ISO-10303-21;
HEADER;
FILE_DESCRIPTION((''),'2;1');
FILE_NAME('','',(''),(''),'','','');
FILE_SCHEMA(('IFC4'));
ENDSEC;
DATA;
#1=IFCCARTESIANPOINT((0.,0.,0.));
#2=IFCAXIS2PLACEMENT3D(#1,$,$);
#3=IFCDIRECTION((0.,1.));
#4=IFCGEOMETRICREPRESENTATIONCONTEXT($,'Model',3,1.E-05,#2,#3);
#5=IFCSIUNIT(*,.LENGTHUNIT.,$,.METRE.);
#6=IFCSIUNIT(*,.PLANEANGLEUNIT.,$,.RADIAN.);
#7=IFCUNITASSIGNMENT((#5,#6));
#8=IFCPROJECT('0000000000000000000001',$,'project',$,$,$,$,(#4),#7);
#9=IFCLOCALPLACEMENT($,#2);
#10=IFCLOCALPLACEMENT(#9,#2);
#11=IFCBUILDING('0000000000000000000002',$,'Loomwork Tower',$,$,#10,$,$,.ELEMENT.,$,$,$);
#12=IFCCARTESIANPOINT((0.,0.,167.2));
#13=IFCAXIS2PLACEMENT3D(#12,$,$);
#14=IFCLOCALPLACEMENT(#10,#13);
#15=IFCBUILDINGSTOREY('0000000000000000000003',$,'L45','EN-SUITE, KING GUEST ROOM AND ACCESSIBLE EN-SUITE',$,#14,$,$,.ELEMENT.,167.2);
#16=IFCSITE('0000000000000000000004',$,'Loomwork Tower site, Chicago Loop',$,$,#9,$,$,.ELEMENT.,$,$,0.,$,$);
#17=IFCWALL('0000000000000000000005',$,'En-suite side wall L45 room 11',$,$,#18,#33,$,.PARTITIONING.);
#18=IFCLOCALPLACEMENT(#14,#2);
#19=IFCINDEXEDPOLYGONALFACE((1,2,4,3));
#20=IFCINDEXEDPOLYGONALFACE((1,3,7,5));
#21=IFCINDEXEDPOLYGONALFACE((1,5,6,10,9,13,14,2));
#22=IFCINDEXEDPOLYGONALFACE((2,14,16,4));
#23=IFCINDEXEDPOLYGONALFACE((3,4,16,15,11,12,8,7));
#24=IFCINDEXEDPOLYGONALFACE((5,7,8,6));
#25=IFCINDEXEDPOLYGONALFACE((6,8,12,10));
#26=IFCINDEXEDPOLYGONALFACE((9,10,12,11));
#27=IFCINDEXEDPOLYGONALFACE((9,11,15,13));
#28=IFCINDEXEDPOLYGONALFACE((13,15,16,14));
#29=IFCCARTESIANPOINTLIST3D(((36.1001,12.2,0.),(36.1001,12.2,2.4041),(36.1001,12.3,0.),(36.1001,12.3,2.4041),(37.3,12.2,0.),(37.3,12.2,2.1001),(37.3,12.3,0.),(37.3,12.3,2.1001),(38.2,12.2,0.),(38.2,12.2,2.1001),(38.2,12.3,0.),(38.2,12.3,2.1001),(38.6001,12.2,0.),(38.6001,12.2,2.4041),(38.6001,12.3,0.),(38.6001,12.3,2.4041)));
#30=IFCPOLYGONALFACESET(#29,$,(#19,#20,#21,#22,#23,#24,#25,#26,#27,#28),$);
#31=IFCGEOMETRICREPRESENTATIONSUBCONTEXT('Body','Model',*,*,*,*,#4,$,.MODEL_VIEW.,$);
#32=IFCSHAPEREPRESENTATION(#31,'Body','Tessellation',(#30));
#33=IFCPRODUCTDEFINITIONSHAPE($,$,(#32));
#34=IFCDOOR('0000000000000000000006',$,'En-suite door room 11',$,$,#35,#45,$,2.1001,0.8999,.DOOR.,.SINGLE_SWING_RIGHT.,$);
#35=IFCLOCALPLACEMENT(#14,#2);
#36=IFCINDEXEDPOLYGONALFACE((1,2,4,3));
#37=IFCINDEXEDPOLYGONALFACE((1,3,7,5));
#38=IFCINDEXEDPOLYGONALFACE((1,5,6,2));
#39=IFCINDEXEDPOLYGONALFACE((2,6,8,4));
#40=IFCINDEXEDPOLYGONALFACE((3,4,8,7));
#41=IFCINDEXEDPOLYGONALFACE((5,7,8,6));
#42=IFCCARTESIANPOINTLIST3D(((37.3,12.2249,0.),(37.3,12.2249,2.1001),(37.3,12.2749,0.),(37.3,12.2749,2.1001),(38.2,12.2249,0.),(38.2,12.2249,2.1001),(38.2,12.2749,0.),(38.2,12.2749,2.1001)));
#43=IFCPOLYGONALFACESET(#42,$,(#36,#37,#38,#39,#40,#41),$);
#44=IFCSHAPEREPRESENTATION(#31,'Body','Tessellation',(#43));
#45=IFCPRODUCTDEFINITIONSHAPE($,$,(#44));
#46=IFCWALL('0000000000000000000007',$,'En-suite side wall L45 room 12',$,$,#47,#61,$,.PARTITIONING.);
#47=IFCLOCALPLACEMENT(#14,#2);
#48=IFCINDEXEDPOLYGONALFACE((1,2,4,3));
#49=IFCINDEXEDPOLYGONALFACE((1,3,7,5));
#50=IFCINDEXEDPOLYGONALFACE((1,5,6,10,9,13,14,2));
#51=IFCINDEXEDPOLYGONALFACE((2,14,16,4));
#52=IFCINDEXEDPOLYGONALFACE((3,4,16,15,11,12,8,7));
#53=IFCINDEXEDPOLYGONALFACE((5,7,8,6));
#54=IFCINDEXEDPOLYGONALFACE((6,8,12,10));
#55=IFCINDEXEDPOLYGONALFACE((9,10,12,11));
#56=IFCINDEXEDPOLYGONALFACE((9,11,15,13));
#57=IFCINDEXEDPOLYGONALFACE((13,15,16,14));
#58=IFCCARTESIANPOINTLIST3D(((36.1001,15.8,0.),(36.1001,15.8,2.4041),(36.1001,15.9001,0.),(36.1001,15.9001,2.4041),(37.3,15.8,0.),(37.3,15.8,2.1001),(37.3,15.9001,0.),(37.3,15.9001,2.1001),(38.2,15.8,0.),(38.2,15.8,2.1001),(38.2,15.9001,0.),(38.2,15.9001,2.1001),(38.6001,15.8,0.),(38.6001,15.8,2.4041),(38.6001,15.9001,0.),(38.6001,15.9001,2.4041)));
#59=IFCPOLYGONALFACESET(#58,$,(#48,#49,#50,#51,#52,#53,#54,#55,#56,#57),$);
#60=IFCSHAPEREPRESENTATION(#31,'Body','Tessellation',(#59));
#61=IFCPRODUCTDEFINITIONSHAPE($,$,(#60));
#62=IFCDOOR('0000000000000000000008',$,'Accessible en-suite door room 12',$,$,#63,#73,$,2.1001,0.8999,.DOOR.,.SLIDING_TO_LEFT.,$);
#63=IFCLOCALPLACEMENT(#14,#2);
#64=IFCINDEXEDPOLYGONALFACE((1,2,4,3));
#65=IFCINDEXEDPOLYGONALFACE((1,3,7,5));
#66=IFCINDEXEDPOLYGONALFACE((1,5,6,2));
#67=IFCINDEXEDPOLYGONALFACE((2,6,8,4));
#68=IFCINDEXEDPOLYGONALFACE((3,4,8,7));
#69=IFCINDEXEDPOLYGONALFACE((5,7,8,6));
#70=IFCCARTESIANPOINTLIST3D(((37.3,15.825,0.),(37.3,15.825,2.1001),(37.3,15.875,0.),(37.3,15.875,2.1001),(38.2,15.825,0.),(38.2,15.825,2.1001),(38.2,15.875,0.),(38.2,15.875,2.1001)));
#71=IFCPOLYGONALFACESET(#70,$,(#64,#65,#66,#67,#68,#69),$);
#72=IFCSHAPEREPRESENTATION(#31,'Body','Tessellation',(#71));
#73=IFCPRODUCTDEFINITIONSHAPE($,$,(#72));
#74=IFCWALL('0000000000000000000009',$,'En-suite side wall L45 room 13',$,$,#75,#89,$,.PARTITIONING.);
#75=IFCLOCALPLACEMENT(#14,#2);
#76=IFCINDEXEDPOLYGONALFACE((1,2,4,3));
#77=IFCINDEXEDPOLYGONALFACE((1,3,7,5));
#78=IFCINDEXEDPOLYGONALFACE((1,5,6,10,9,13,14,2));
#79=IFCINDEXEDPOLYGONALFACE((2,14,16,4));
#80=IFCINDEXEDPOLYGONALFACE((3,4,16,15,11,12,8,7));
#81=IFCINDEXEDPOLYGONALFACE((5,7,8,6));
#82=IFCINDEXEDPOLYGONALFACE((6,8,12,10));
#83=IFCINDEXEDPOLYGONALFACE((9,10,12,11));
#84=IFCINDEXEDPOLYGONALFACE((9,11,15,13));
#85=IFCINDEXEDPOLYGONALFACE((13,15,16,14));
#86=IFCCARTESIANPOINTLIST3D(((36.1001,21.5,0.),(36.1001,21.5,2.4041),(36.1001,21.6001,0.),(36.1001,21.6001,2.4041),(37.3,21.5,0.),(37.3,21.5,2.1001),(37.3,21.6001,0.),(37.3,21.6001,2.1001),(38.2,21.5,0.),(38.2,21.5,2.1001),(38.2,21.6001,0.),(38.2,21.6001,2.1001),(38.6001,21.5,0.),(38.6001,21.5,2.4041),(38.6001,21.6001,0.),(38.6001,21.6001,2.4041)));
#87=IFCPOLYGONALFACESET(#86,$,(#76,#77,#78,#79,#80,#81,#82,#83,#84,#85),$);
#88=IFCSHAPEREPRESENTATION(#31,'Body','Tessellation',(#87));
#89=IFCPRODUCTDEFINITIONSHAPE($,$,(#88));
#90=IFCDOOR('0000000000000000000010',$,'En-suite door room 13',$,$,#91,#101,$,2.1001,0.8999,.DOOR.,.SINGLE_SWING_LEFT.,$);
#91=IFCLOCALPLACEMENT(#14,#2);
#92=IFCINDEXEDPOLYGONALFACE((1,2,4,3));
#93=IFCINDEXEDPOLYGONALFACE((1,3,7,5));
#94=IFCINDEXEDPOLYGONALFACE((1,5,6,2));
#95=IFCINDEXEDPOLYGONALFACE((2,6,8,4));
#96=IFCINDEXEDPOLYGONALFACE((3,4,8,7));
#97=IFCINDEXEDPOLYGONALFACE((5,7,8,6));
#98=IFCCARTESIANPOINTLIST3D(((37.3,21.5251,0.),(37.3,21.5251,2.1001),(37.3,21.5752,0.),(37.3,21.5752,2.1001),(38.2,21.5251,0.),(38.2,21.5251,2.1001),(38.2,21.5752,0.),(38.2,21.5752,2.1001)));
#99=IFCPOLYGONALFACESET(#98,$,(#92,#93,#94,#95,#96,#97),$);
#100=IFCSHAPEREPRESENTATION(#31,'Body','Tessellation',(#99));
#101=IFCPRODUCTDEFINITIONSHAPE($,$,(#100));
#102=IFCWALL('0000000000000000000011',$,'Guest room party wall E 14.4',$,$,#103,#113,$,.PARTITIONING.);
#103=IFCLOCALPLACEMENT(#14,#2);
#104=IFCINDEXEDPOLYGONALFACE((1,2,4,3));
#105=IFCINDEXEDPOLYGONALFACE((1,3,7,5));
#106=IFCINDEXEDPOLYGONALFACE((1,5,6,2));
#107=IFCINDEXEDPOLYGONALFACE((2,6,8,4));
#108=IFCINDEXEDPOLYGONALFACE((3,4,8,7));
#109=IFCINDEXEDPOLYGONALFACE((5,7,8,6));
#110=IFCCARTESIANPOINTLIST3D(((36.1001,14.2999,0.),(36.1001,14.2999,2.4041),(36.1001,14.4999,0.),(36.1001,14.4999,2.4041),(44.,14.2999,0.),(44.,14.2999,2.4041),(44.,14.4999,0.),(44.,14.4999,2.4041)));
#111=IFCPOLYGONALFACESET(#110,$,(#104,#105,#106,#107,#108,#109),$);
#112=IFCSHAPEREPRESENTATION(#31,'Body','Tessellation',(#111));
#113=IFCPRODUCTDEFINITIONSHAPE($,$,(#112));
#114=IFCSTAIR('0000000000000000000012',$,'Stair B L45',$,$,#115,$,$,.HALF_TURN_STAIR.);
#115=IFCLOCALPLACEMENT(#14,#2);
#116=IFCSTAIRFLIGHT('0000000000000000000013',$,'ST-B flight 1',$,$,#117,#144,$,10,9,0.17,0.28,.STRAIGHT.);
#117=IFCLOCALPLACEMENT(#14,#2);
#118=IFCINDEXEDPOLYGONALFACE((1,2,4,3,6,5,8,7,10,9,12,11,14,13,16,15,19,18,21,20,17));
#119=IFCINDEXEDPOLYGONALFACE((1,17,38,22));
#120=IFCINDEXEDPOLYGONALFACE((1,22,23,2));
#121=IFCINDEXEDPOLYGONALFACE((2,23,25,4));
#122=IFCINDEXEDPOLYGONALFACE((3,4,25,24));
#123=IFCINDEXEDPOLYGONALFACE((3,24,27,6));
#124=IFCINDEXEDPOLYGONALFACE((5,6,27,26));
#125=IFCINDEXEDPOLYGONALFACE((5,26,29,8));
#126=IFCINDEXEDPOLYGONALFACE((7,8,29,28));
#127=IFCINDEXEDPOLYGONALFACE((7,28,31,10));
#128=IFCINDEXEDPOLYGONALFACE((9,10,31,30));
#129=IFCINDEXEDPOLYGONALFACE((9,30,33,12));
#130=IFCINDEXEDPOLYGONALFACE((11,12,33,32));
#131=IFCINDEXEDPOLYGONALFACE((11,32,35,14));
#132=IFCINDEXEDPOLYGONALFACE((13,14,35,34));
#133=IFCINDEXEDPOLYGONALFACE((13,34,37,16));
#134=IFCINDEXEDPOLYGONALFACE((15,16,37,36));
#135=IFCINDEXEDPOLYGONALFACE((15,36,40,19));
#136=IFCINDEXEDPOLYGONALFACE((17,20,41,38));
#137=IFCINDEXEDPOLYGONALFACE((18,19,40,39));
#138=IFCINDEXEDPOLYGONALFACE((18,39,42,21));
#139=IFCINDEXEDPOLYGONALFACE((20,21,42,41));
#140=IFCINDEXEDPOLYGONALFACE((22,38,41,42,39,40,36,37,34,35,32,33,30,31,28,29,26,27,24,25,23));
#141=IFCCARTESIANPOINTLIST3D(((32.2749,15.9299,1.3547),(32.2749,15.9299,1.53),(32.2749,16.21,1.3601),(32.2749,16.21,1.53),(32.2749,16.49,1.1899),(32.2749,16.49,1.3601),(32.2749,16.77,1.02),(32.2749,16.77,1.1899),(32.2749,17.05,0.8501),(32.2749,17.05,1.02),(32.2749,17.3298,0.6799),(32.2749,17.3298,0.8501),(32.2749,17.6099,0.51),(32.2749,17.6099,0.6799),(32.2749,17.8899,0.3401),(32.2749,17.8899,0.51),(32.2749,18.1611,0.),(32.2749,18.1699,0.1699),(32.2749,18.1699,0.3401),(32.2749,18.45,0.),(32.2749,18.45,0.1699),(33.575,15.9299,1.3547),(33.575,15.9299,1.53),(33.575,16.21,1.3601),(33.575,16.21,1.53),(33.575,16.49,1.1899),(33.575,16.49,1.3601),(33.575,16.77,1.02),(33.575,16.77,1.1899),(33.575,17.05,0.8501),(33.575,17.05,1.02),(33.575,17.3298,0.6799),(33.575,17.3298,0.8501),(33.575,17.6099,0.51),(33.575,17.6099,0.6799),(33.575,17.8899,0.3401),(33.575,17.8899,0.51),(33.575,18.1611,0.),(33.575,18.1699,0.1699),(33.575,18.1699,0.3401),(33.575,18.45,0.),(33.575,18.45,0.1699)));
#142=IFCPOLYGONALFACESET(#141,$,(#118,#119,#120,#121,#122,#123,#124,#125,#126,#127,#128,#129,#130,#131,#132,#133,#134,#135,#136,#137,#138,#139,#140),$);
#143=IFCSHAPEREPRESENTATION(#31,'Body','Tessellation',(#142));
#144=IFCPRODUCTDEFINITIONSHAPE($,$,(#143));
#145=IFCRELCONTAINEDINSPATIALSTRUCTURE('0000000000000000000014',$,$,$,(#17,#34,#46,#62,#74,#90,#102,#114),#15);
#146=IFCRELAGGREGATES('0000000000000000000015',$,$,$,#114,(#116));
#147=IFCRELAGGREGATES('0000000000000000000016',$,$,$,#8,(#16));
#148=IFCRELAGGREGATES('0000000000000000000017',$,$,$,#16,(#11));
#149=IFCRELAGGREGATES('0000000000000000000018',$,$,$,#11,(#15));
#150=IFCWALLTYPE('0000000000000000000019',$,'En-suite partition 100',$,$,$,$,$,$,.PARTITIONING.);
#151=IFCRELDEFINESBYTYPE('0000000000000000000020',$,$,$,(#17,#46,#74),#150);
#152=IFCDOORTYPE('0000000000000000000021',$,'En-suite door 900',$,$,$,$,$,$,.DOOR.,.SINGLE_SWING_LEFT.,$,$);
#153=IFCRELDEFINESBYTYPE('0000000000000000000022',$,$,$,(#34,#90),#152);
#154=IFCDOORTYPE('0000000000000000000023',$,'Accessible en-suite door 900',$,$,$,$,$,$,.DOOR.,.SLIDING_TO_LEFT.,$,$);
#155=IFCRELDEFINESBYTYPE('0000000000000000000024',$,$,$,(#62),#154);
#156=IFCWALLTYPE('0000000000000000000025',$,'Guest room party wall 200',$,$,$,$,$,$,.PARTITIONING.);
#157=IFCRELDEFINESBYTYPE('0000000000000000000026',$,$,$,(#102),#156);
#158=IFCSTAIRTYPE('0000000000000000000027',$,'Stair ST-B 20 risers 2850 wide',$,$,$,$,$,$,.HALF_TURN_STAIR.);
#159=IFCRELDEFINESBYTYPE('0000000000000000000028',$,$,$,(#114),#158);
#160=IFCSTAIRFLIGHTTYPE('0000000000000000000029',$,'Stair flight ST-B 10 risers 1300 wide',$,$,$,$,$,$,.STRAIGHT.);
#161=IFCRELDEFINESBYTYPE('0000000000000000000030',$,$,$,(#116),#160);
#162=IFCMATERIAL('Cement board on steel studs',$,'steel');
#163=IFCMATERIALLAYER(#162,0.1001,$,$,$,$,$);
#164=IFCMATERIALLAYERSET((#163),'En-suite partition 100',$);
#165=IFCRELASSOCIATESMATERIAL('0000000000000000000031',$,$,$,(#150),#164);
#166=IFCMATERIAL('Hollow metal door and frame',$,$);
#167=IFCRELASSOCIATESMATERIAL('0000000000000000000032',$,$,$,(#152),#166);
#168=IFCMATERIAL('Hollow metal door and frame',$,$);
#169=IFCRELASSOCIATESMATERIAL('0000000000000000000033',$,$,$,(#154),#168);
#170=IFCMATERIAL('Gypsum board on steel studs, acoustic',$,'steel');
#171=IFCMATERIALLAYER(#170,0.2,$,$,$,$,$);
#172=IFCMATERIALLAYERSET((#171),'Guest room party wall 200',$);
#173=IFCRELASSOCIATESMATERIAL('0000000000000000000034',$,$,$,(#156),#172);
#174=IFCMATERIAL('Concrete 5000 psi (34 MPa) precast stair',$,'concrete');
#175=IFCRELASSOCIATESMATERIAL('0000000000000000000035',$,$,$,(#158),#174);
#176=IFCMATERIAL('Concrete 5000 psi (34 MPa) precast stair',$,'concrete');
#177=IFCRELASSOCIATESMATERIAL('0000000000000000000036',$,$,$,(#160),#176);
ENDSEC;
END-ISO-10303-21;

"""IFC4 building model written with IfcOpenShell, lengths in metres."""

from ifc_helpers import new_model, si_unit, direction, frame, frame_2d, origin, place, context, subcontext, project, spatial, polyline, rectangle, outline, extrude, material, layer, layer_set, type_object, element, fill, aggregate, save


model = new_model("IFC4")

# Units and contexts
model_context = context("Model", 3, precision=1e-05, world=origin(), true_north=direction((0.0, 1.0)))
body_context = subcontext(model_context, "Body", "Model", "MODEL_VIEW")
ifc_project = project(units=[si_unit("LENGTHUNIT", "METRE"), si_unit("PLANEANGLEUNIT", "RADIAN")], contexts=[model_context])

# Site, building, storey
site_placement = place(None, origin())
site = spatial("IfcSite", under=ifc_project, at=site_placement, Name="Loomwork Tower site, Chicago Loop", CompositionType="ELEMENT", RefElevation=0.0)
building_placement = place(site_placement, origin())
building = spatial("IfcBuilding", under=site, at=building_placement, Name="Loomwork Tower", CompositionType="ELEMENT")
storey_placement = place(building_placement, frame((0.0, 0.0, 167.2)))
storey = spatial("IfcBuildingStorey", under=building, at=storey_placement, Name="L45", Description="EN-SUITE, KING GUEST ROOM AND ACCESSIBLE EN-SUITE", CompositionType="ELEMENT", Elevation=167.2)

# Walls, openings, doors
ifc_material_1 = material(Name="Cement board on steel studs", Category="steel")
ifc_layer_1 = layer(ifc_material_1, 0.1001)
ifc_layer_set_1 = layer_set([ifc_layer_1], Name="En-suite partition 100")
wall_type_1 = type_object("IfcWallType", Name="En-suite partition 100", PredefinedType="PARTITIONING", material=ifc_layer_set_1)
wall_1_placement = place(storey_placement, frame((36.1001, 12.25, 0.0), z_axis=(0.0, 0.0, 1.0), x_axis=(1.0, 0.0, 0.0)))
wall_1 = element("IfcWall", 1, at=wall_1_placement, inside=storey, type_object=wall_type_1, Name="En-suite side wall L45 room 11", PredefinedType="PARTITIONING", context=body_context, shape_type="SweptSolid", body=[
    extrude(rectangle(XDim=2.5, YDim=0.1001, at=frame_2d((1.25, 0.0))), origin(), (0.0, 0.0, 1.0), 2.4041),
])
opening_1_placement = place(wall_1_placement, frame((1.2, 0.0, 0.0)))
opening_1 = element("IfcOpeningElement", 2, at=opening_1_placement, cuts=wall_1, PredefinedType="OPENING", context=body_context, shape_type="SweptSolid", body=[
    extrude(rectangle(XDim=0.8999, YDim=2.1001, at=frame_2d((0.45, 1.05))), frame((0.0, 0.0601, 0.0), z_axis=(0.0, -1.0, 0.0), x_axis=(1.0, 0.0, 0.0)), (0.0, 0.0, 1.0), 0.1201),
])
ifc_material_2 = material(Name="Hollow metal door and frame")
door_type_1 = type_object("IfcDoorType", Name="En-suite door 900", OperationType="SINGLE_SWING_LEFT", PredefinedType="DOOR", material=ifc_material_2)
door_1_placement = place(opening_1_placement, origin())
door_1 = element("IfcDoor", 3, at=door_1_placement, inside=storey, type_object=door_type_1, Name="En-suite door room 11", OperationType="SINGLE_SWING_RIGHT", OverallHeight=2.1001, OverallWidth=0.8999, PredefinedType="DOOR", context=body_context, shape_type="SweptSolid", body=[
    extrude(rectangle(XDim=0.8999, YDim=2.1001, at=frame_2d((0.45, 1.05))), frame((0.0, 0.0249, 0.0), z_axis=(0.0, -1.0, 0.0), x_axis=(1.0, 0.0, 0.0)), (0.0, 0.0, 1.0), 0.05),
])
fill(opening_1, door_1)
wall_2_placement = place(storey_placement, frame((36.1001, 15.8501, 0.0), z_axis=(0.0, 0.0, 1.0), x_axis=(1.0, 0.0, 0.0)))
wall_2 = element("IfcWall", 4, at=wall_2_placement, inside=storey, type_object=wall_type_1, Name="En-suite side wall L45 room 12", PredefinedType="PARTITIONING", context=body_context, shape_type="SweptSolid", body=[
    extrude(rectangle(XDim=2.5, YDim=0.1001, at=frame_2d((1.25, 0.0))), origin(), (0.0, 0.0, 1.0), 2.4041),
])
opening_2_placement = place(wall_2_placement, frame((1.2, 0.0, 0.0)))
opening_2 = element("IfcOpeningElement", 5, at=opening_2_placement, cuts=wall_2, PredefinedType="OPENING", context=body_context, shape_type="SweptSolid", body=[
    extrude(rectangle(XDim=0.8999, YDim=2.1001, at=frame_2d((0.45, 1.05))), frame((0.0, 0.0601, 0.0), z_axis=(0.0, -1.0, 0.0), x_axis=(1.0, 0.0, 0.0)), (0.0, 0.0, 1.0), 0.1201),
])
ifc_material_3 = material(Name="Hollow metal door and frame")
door_type_2 = type_object("IfcDoorType", Name="Accessible en-suite door 900", OperationType="SLIDING_TO_LEFT", PredefinedType="DOOR", material=ifc_material_3)
door_2_placement = place(opening_2_placement, origin())
door_2 = element("IfcDoor", 6, at=door_2_placement, inside=storey, type_object=door_type_2, Name="Accessible en-suite door room 12", OperationType="SLIDING_TO_LEFT", OverallHeight=2.1001, OverallWidth=0.8999, PredefinedType="DOOR", context=body_context, shape_type="SweptSolid", body=[
    extrude(rectangle(XDim=0.8999, YDim=2.1001, at=frame_2d((0.45, 1.05))), frame((0.0, 0.0249, 0.0), z_axis=(0.0, -1.0, 0.0), x_axis=(1.0, 0.0, 0.0)), (0.0, 0.0, 1.0), 0.05),
])
fill(opening_2, door_2)
wall_3_placement = place(storey_placement, frame((36.1001, 21.55, 0.0), z_axis=(0.0, 0.0, 1.0), x_axis=(1.0, 0.0, 0.0)))
wall_3 = element("IfcWall", 7, at=wall_3_placement, inside=storey, type_object=wall_type_1, Name="En-suite side wall L45 room 13", PredefinedType="PARTITIONING", context=body_context, shape_type="SweptSolid", body=[
    extrude(rectangle(XDim=2.5, YDim=0.1001, at=frame_2d((1.25, 0.0))), origin(), (0.0, 0.0, 1.0), 2.4041),
])
opening_3_placement = place(wall_3_placement, frame((1.2, 0.0, 0.0)))
opening_3 = element("IfcOpeningElement", 8, at=opening_3_placement, cuts=wall_3, PredefinedType="OPENING", context=body_context, shape_type="SweptSolid", body=[
    extrude(rectangle(XDim=0.8999, YDim=2.1001, at=frame_2d((0.45, 1.05))), frame((0.0, 0.0601, 0.0), z_axis=(0.0, -1.0, 0.0), x_axis=(1.0, 0.0, 0.0)), (0.0, 0.0, 1.0), 0.1201),
])
door_3_placement = place(opening_3_placement, frame((0.8999, 0.0, 0.0), z_axis=(0.0, 0.0, 1.0), x_axis=(-1.0, 0.0, 0.0)))
door_3 = element("IfcDoor", 9, at=door_3_placement, inside=storey, type_object=door_type_1, Name="En-suite door room 13", OperationType="SINGLE_SWING_LEFT", OverallHeight=2.1001, OverallWidth=0.8999, PredefinedType="DOOR", context=body_context, shape_type="SweptSolid", body=[
    extrude(rectangle(XDim=0.8999, YDim=2.1001, at=frame_2d((0.45, 1.05))), frame((0.0, 0.0249, 0.0), z_axis=(0.0, -1.0, 0.0), x_axis=(1.0, 0.0, 0.0)), (0.0, 0.0, 1.0), 0.05),
])
fill(opening_3, door_3)

# Wall
ifc_material_4 = material(Name="Gypsum board on steel studs, acoustic", Category="steel")
ifc_layer_2 = layer(ifc_material_4, 0.2)
ifc_layer_set_2 = layer_set([ifc_layer_2], Name="Guest room party wall 200")
wall_type_2 = type_object("IfcWallType", Name="Guest room party wall 200", PredefinedType="PARTITIONING", material=ifc_layer_set_2)
wall_4_placement = place(storey_placement, frame((36.1001, 14.3999, 0.0), z_axis=(0.0, 0.0, 1.0), x_axis=(1.0, 0.0, 0.0)))
element("IfcWall", 10, at=wall_4_placement, inside=storey, type_object=wall_type_2, Name="Guest room party wall E 14.4", PredefinedType="PARTITIONING", context=body_context, shape_type="SweptSolid", body=[
    extrude(rectangle(XDim=7.8999, YDim=0.2, at=frame_2d((3.95, 0.0))), origin(), (0.0, 0.0, 1.0), 2.4041),
])

# Stair, stair flight
ifc_material_5 = material(Name="Concrete 5000 psi (34 MPa) precast stair", Category="concrete")
stair_type = type_object("IfcStairType", Name="Stair ST-B 20 risers 2850 wide", PredefinedType="HALF_TURN_STAIR", material=ifc_material_5)
stair_placement = place(storey_placement, origin())
stair = element("IfcStair", 11, at=stair_placement, inside=storey, type_object=stair_type, Name="Stair B L45", PredefinedType="HALF_TURN_STAIR")
ifc_material_6 = material(Name="Concrete 5000 psi (34 MPa) precast stair", Category="concrete")
stair_flight_type = type_object("IfcStairFlightType", Name="Stair flight ST-B 10 risers 1300 wide", PredefinedType="STRAIGHT", material=ifc_material_6)
stair_flight_placement = place(storey_placement, frame((32.925, 18.45, 0.0), z_axis=(0.0, 0.0, 1.0), x_axis=(0.0, -1.0, 0.0)))
stair_flight = element("IfcStairFlight", 12, at=stair_flight_placement, type_object=stair_flight_type, Name="ST-B flight 1", NumberOfRisers=10, NumberOfTreads=9, PredefinedType="STRAIGHT", RiserHeight=0.17, TreadLength=0.28, context=body_context, shape_type="SweptSolid", body=[
    extrude(outline(polyline([(0.0, 0.0), (0.0, 0.1699), (0.28, 0.1699), (0.28, 0.3401), (0.5601, 0.3401), (0.5601, 0.51), (0.8401, 0.51), (0.8401, 0.6799), (1.1201, 0.6799), (1.1201, 0.8501), (1.3999, 0.8501), (1.3999, 1.02), (1.6799, 1.02), (1.6799, 1.1899), (1.96, 1.1899), (1.96, 1.3601), (2.24, 1.3601), (2.24, 1.53), (2.52, 1.53), (2.52, 1.7), (2.52, 1.3547), (0.2888, 0.0), (0.0, 0.0)])), frame((0.0, 0.6499, 0.0), z_axis=(0.0, -1.0, 0.0), x_axis=(1.0, 0.0, 0.0)), (0.0, 0.0, 1.0), 1.3),
])
aggregate(stair, [stair_flight])

save(model, "model.ifc")
